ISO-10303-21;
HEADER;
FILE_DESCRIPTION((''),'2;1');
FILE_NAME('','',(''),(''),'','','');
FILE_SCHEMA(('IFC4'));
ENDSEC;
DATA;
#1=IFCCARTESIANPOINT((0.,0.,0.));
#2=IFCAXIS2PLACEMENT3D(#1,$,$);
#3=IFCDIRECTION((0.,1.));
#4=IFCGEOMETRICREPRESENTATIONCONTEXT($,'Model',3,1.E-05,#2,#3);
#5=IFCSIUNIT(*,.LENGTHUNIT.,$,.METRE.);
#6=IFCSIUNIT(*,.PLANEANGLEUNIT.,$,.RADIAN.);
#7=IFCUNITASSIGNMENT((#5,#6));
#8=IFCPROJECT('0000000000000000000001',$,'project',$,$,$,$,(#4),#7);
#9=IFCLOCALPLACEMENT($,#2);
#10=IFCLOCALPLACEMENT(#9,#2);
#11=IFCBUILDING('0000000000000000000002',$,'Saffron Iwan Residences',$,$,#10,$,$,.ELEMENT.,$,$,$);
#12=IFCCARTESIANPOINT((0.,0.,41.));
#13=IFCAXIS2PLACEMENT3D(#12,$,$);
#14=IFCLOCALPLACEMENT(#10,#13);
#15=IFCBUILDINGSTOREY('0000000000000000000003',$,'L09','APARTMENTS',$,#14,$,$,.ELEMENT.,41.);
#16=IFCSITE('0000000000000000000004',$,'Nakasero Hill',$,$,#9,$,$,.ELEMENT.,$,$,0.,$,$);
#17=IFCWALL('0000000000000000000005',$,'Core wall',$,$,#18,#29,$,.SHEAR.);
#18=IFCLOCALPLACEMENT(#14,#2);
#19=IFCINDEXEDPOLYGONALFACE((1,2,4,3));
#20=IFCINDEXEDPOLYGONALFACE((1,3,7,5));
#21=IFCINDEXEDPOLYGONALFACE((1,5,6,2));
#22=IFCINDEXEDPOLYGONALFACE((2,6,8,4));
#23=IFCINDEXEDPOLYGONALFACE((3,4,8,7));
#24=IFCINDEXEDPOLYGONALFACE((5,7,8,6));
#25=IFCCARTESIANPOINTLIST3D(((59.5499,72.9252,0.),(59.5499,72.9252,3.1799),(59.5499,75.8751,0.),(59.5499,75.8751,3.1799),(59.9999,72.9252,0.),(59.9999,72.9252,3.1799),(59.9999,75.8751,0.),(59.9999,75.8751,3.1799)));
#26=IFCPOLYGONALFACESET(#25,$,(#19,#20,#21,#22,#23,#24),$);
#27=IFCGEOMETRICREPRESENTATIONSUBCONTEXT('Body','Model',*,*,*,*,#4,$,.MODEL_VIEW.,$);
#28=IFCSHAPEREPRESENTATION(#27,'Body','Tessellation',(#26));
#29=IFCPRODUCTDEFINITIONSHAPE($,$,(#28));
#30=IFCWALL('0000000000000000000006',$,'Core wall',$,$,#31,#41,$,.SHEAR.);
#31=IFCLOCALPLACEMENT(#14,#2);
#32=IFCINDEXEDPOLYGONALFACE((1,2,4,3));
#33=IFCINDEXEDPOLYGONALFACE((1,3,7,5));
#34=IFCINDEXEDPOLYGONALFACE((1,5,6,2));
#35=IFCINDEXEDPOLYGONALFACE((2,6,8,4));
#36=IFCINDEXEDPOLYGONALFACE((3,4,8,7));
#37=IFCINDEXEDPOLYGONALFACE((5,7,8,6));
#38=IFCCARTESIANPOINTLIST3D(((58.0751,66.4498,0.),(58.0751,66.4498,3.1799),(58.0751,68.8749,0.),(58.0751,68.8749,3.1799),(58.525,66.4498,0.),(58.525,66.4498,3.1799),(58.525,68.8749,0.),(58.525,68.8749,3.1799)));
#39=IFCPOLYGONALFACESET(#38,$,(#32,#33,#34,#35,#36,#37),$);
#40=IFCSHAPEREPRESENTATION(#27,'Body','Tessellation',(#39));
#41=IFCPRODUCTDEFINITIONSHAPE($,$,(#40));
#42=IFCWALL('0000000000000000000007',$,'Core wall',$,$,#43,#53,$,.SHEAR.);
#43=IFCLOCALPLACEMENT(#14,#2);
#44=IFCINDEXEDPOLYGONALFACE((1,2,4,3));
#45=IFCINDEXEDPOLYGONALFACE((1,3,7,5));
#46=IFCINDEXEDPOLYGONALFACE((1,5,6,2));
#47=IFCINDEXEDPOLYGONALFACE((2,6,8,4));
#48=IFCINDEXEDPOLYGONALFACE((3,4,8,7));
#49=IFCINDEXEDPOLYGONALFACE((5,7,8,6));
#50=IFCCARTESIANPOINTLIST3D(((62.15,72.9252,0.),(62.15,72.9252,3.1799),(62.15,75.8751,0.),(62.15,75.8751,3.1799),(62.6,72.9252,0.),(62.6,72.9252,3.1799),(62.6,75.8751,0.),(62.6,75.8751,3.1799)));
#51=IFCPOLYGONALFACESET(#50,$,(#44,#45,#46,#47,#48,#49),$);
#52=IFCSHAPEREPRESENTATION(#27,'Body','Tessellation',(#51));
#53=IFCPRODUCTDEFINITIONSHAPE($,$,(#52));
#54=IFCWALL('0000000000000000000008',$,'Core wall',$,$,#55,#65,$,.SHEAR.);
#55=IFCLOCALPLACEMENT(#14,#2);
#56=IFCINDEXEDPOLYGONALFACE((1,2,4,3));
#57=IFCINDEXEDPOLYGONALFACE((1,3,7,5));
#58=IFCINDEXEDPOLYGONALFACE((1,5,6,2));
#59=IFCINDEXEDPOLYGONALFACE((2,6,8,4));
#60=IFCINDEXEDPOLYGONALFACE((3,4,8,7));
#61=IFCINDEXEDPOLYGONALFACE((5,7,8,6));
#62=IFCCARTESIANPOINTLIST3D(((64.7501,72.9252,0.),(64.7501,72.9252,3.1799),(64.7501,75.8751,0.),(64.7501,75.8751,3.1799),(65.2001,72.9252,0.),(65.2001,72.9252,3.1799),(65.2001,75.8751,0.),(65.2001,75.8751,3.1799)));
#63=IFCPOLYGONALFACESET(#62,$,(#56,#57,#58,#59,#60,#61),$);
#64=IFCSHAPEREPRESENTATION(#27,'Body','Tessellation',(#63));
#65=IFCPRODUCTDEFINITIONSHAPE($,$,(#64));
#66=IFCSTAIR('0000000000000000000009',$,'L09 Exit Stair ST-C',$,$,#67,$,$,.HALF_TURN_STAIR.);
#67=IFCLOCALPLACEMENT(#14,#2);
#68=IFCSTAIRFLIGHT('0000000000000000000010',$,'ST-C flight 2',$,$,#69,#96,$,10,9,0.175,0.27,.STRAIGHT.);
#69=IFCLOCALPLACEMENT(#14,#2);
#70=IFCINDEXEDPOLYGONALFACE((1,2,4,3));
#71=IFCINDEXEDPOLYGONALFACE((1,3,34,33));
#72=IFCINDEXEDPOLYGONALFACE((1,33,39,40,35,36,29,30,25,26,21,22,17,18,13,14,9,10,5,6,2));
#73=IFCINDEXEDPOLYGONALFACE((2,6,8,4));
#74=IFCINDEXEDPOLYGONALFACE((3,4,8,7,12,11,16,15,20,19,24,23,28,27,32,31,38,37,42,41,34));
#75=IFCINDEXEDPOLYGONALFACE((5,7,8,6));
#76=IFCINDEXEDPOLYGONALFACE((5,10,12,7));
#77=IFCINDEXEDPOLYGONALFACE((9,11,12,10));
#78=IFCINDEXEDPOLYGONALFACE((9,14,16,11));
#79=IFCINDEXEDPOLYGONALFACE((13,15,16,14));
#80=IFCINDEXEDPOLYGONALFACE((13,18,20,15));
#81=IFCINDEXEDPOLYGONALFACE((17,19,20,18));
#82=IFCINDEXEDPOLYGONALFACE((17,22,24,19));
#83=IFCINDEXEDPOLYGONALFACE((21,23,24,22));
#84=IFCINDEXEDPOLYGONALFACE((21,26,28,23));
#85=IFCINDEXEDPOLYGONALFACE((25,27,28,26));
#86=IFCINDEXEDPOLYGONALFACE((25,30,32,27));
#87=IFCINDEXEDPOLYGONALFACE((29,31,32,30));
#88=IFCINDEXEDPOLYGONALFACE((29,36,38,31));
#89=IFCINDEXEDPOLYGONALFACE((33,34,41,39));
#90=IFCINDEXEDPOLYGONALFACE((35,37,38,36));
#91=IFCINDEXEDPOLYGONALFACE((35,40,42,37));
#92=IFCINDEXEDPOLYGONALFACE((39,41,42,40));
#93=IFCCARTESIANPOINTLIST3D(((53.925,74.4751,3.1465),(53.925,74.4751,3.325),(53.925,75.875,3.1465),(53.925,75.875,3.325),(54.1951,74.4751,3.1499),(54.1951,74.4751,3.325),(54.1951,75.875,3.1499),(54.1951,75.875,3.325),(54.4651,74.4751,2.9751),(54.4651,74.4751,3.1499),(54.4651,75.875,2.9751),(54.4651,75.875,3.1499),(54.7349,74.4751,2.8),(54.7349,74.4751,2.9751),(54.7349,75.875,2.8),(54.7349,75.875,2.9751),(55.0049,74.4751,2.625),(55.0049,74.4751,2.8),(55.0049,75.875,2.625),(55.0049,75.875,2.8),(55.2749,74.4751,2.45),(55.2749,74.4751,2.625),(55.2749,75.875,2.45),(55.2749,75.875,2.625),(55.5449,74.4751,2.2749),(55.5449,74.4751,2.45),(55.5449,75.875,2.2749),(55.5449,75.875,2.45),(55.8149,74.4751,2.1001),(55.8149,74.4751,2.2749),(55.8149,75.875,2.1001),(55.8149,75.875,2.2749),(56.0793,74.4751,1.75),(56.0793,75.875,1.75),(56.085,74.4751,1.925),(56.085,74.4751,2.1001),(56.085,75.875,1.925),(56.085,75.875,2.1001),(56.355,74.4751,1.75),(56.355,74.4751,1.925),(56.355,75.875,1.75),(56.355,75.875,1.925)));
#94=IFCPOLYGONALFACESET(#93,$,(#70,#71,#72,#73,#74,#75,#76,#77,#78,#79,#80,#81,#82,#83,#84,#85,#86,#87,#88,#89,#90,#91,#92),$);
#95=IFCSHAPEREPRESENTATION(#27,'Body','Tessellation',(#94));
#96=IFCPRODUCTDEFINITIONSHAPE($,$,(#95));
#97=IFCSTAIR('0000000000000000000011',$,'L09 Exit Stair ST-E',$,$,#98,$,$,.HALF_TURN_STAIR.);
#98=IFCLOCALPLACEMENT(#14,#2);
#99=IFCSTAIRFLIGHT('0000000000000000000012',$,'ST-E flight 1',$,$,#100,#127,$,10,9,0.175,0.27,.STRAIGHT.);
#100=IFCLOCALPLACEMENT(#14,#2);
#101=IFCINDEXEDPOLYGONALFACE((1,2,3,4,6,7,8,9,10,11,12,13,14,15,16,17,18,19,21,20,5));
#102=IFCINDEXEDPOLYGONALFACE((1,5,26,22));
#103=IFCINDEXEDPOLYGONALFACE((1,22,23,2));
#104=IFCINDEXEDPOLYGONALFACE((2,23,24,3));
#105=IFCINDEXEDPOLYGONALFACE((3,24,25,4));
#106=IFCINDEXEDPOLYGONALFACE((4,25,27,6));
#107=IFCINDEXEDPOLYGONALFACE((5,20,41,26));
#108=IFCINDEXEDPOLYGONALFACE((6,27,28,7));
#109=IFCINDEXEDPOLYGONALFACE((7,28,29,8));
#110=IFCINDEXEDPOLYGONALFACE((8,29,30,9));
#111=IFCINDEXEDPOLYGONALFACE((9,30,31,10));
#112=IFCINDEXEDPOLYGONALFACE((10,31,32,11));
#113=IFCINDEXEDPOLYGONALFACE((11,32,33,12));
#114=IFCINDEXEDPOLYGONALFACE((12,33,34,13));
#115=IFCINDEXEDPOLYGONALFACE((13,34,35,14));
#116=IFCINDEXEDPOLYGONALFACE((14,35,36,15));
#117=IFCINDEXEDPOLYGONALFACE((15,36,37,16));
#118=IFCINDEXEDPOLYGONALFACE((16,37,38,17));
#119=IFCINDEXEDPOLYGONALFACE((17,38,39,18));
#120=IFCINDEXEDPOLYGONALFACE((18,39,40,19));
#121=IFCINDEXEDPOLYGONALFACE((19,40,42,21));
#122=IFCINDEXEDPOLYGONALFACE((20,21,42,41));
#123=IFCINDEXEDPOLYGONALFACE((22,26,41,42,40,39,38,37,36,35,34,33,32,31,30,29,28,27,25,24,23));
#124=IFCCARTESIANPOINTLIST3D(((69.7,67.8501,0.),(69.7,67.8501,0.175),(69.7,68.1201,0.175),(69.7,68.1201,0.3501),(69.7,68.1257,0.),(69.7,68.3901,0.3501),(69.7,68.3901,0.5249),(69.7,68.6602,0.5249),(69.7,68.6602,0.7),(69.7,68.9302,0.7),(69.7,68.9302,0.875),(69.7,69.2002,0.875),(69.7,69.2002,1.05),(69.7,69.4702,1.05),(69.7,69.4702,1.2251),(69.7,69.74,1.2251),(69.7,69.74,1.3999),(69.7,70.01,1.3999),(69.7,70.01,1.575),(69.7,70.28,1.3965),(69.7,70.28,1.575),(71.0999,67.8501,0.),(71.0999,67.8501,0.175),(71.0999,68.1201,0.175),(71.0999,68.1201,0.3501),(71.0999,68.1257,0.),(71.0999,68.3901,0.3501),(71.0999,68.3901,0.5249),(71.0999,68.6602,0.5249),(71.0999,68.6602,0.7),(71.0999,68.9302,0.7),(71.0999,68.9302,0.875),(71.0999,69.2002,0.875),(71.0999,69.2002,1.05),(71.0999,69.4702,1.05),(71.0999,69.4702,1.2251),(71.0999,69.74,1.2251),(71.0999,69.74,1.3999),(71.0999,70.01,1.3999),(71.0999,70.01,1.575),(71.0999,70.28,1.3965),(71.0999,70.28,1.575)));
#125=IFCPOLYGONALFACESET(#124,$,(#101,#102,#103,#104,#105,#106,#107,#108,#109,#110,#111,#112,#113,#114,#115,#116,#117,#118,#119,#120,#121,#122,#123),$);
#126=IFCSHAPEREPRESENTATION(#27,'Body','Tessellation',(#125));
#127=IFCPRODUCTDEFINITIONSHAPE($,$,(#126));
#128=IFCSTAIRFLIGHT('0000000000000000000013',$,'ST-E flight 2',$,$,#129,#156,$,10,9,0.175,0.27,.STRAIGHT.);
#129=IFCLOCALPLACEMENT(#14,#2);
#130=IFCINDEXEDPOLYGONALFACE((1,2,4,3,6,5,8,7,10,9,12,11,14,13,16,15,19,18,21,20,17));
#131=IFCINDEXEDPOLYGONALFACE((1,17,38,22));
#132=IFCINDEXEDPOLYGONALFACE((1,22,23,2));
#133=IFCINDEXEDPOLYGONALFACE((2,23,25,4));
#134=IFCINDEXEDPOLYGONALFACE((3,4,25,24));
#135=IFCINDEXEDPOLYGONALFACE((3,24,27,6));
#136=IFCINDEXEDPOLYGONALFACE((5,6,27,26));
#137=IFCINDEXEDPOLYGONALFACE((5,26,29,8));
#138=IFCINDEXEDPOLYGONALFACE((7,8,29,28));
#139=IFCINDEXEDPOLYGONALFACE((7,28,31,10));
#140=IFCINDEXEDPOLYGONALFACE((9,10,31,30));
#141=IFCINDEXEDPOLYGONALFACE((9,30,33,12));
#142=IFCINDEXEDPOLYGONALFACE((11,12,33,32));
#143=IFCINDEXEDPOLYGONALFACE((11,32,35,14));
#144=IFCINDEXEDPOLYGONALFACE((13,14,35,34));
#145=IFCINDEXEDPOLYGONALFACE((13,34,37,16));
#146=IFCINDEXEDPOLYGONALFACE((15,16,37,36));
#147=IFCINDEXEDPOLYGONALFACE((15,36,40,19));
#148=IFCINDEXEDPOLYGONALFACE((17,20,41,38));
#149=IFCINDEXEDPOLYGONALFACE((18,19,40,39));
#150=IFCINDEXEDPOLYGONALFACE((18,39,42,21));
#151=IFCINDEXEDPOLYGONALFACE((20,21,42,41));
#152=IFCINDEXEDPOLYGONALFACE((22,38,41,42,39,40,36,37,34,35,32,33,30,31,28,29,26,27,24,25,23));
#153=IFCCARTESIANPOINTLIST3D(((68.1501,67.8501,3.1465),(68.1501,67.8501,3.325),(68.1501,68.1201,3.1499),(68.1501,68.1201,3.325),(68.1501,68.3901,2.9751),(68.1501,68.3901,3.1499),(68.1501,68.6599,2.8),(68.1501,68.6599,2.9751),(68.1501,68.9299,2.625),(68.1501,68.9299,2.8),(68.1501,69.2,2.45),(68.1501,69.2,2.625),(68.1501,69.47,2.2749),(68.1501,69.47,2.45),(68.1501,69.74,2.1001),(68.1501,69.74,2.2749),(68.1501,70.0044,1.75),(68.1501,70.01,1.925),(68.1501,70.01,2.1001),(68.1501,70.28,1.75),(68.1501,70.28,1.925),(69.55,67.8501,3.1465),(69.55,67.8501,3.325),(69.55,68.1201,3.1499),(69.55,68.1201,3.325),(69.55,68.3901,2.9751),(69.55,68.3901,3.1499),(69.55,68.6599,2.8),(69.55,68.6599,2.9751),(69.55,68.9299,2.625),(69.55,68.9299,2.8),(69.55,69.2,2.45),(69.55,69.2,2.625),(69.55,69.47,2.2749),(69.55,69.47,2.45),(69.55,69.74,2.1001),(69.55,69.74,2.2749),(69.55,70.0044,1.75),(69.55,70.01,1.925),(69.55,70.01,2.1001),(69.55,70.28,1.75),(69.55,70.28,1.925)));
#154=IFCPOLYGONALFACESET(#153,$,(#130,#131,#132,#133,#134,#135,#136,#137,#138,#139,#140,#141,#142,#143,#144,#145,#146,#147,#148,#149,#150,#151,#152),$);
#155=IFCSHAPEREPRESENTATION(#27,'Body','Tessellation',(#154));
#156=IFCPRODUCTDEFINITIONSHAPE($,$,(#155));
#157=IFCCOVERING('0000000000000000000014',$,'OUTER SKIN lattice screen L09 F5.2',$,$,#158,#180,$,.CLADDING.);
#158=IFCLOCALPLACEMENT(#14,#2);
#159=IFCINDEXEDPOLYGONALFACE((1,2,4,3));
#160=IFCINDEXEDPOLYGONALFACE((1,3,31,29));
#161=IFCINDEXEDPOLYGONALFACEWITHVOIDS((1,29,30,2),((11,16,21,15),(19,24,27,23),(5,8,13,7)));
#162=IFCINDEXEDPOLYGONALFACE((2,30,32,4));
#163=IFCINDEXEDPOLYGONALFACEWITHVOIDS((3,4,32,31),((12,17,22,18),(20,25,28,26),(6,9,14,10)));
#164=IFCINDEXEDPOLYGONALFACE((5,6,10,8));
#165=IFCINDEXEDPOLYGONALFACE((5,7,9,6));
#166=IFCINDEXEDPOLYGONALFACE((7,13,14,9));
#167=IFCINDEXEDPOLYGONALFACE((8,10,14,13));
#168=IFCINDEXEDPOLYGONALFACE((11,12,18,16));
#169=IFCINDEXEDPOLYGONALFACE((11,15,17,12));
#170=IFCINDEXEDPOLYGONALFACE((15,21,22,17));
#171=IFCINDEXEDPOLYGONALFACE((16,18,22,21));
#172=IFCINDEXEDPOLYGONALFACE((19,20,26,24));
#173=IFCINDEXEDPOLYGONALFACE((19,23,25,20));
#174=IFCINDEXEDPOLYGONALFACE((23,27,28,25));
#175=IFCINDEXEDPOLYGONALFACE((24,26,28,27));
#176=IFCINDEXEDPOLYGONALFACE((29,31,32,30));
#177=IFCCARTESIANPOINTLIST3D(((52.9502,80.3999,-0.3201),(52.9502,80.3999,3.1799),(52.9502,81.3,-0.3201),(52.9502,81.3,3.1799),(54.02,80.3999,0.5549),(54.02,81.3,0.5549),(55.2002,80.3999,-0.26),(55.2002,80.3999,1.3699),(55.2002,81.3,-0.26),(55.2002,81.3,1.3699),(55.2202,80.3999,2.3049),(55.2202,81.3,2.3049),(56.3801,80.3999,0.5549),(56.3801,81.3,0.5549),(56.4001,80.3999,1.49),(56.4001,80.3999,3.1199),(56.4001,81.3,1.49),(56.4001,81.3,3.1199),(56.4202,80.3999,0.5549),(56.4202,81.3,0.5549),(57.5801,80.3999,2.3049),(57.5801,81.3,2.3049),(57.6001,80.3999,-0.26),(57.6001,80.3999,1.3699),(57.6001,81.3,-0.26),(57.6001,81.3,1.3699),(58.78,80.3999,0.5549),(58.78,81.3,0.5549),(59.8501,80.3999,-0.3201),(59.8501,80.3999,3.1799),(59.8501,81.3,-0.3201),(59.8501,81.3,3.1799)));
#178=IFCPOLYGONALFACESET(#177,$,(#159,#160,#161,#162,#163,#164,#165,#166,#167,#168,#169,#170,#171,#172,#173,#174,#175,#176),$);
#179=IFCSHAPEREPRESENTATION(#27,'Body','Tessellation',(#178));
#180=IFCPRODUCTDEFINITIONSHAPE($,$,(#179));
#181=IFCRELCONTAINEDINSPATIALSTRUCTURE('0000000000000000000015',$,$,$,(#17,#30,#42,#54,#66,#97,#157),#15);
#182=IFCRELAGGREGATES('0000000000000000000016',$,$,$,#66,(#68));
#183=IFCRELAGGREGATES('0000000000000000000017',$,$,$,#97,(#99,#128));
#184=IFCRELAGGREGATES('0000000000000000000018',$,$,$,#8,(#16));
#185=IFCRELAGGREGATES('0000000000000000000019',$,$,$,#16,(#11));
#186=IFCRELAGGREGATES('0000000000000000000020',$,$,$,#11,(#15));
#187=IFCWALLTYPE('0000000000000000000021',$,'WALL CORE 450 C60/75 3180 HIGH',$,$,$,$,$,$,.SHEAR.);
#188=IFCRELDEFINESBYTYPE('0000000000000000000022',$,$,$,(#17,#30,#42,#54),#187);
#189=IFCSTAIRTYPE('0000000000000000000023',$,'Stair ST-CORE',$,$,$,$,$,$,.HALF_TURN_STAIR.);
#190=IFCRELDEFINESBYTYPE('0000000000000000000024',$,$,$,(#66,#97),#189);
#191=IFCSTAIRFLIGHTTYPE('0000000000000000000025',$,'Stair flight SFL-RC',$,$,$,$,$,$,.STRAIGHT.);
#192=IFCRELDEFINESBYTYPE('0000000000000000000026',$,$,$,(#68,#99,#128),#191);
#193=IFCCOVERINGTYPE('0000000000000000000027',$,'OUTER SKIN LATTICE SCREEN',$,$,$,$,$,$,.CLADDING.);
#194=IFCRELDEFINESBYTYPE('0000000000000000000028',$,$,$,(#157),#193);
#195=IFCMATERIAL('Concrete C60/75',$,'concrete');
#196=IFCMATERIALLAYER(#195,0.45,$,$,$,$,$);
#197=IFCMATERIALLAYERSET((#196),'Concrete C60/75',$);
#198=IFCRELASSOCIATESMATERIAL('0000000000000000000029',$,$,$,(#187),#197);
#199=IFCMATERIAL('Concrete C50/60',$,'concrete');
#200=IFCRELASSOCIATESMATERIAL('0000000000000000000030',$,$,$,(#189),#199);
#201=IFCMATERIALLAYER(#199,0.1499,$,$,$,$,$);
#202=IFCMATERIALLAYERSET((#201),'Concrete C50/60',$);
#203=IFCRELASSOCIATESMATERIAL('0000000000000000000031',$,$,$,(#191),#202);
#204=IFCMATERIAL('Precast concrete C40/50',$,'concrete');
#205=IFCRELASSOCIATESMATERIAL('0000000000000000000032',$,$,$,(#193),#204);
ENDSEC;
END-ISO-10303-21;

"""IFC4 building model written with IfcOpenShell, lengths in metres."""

from ifc_helpers import new_model, si_unit, direction, frame, frame_2d, origin, place, context, subcontext, project, spatial, polyline, rectangle, outline, extrude, material, layer, layer_set, type_object, element, aggregate, save


model = new_model("IFC4")

# Units and contexts
model_context = context("Model", 3, precision=1e-05, world=origin(), true_north=direction((0.0, 1.0)))
body_context = subcontext(model_context, "Body", "Model", "MODEL_VIEW")
ifc_project = project(units=[si_unit("LENGTHUNIT", "METRE"), si_unit("PLANEANGLEUNIT", "RADIAN")], contexts=[model_context])

# Site, building, storey
site_placement = place(None, origin())
site = spatial("IfcSite", under=ifc_project, at=site_placement, Name="Nakasero Hill", CompositionType="ELEMENT", RefElevation=0.0)
building_placement = place(site_placement, origin())
building = spatial("IfcBuilding", under=site, at=building_placement, Name="Saffron Iwan Residences", CompositionType="ELEMENT")
storey_placement = place(building_placement, frame((0.0, 0.0, 41.0)))
storey = spatial("IfcBuildingStorey", under=building, at=storey_placement, Name="L09", Description="APARTMENTS", CompositionType="ELEMENT", Elevation=41.0)

# Shared definitions
ifc_material_1 = material(Name="Concrete C60/75", Category="concrete")

# Shared definitions
ifc_layer_1 = layer(ifc_material_1, 0.45)
ifc_layer_set_1 = layer_set([ifc_layer_1], Name="Concrete C60/75")
wall_type_1 = type_object("IfcWallType", Name="WALL CORE 450 C60/75 3180 HIGH", PredefinedType="SHEAR", material=ifc_layer_set_1)

# Walls
wall_1_placement = place(storey_placement, frame((59.7749, 72.925, 0.0), z_axis=(0.0, 0.0, 1.0), x_axis=(0.0, 1.0, 0.0)))
element("IfcWall", 1, at=wall_1_placement, inside=storey, type_object=wall_type_1, Name="Core wall", PredefinedType="SHEAR", context=body_context, shape_type="SweptSolid", body=[
    extrude(rectangle(XDim=2.95, YDim=0.45, at=frame_2d((1.4751, 0.0))), origin(), (0.0, 0.0, 1.0), 3.1799),
])
wall_2_placement = place(storey_placement, frame((58.3, 66.45, 0.0), z_axis=(0.0, 0.0, 1.0), x_axis=(0.0, 1.0, 0.0)))
element("IfcWall", 2, at=wall_2_placement, inside=storey, type_object=wall_type_1, Name="Core wall", PredefinedType="SHEAR", context=body_context, shape_type="SweptSolid", body=[
    extrude(rectangle(XDim=2.425, YDim=0.45, at=frame_2d((1.2124, 0.0))), origin(), (0.0, 0.0, 1.0), 3.1799),
])
for number, where, z_axis, x_axis, name in (
    (3, (62.375, 72.925, 0.0), (0.0, 0.0, 1.0), (0.0, 1.0, 0.0), "Core wall"),
    (4, (64.9751, 72.925, 0.0), (0.0, 0.0, 1.0), (0.0, 1.0, 0.0), "Core wall"),
):
    element("IfcWall", number, at=place(storey_placement, frame(where, z_axis=z_axis, x_axis=x_axis)), inside=storey, type_object=wall_type_1, Name=name, PredefinedType="SHEAR", context=body_context, shape_type="SweptSolid", body=[
        extrude(rectangle(XDim=2.95, YDim=0.45, at=frame_2d((1.4751, 0.0))), origin(), (0.0, 0.0, 1.0), 3.1799),
    ])

# Stair, stair flight
ifc_material_2 = material(Name="Concrete C50/60", Category="concrete")
stair_type = type_object("IfcStairType", Name="Stair ST-CORE", PredefinedType="HALF_TURN_STAIR", material=ifc_material_2)
stair_1_placement = place(storey_placement, origin())
stair_1 = element("IfcStair", 5, at=stair_1_placement, inside=storey, type_object=stair_type, Name="L09 Exit Stair ST-C", PredefinedType="HALF_TURN_STAIR")
ifc_layer_2 = layer(ifc_material_2, 0.1499)
ifc_layer_set_2 = layer_set([ifc_layer_2], Name="Concrete C50/60")
stair_flight_type = type_object("IfcStairFlightType", Name="Stair flight SFL-RC", PredefinedType="STRAIGHT", material=ifc_layer_set_2)
stair_flight_1_placement = place(storey_placement, frame((56.355, 75.175, 1.75), z_axis=(0.0, 0.0, 1.0), x_axis=(-1.0, 0.0, 0.0)))
stair_flight_1 = element("IfcStairFlight", 6, at=stair_flight_1_placement, type_object=stair_flight_type, Name="ST-C flight 2", NumberOfRisers=10, NumberOfTreads=9, PredefinedType="STRAIGHT", RiserHeight=0.175, TreadLength=0.27, context=body_context, shape_type="SweptSolid", body=[
    extrude(outline(polyline([(0.0, 0.0), (0.0, 0.175), (0.27, 0.175), (0.27, 0.3501), (0.54, 0.3501), (0.54, 0.5249), (0.8101, 0.5249), (0.8101, 0.7), (1.0801, 0.7), (1.0801, 0.875), (1.3501, 0.875), (1.3501, 1.05), (1.6201, 1.05), (1.6201, 1.2251), (1.8899, 1.2251), (1.8899, 1.3999), (2.1599, 1.3999), (2.1599, 1.575), (2.4299, 1.575), (2.4299, 1.75), (2.4299, 1.3965), (0.2756, 0.0), (0.0, 0.0)])), frame((0.0, 0.7, 0.0), z_axis=(0.0, -1.0, 0.0), x_axis=(1.0, 0.0, 0.0)), (0.0, 0.0, 1.0), 1.3999),
])
aggregate(stair_1, [stair_flight_1])

# Stair, stair flights
stair_2_placement = place(storey_placement, origin())
stair_2 = element("IfcStair", 7, at=stair_2_placement, inside=storey, type_object=stair_type, Name="L09 Exit Stair ST-E", PredefinedType="HALF_TURN_STAIR")
stair_flight_2_placement = place(storey_placement, frame((70.3999, 67.8501, 0.0), z_axis=(0.0, 0.0, 1.0), x_axis=(0.0, 1.0, 0.0)))
stair_flight_2 = element("IfcStairFlight", 8, at=stair_flight_2_placement, type_object=stair_flight_type, Name="ST-E flight 1", NumberOfRisers=10, NumberOfTreads=9, PredefinedType="STRAIGHT", RiserHeight=0.175, TreadLength=0.27, context=body_context, shape_type="SweptSolid", body=[
    extrude(outline(polyline([(0.0, 0.0), (0.0, 0.175), (0.27, 0.175), (0.27, 0.3501), (0.54, 0.3501), (0.54, 0.5249), (0.8101, 0.5249), (0.8101, 0.7), (1.0801, 0.7), (1.0801, 0.875), (1.3501, 0.875), (1.3501, 1.05), (1.6201, 1.05), (1.6201, 1.2251), (1.8899, 1.2251), (1.8899, 1.3999), (2.1599, 1.3999), (2.1599, 1.575), (2.4299, 1.575), (2.4299, 1.75), (2.4299, 1.3965), (0.2756, 0.0), (0.0, 0.0)])), frame((0.0, 0.7, 0.0), z_axis=(0.0, -1.0, 0.0), x_axis=(1.0, 0.0, 0.0)), (0.0, 0.0, 1.0), 1.3999),
])
stair_flight_3_placement = place(storey_placement, frame((68.8501, 70.28, 1.75), z_axis=(0.0, 0.0, 1.0), x_axis=(0.0, -1.0, 0.0)))
stair_flight_3 = element("IfcStairFlight", 9, at=stair_flight_3_placement, type_object=stair_flight_type, Name="ST-E flight 2", NumberOfRisers=10, NumberOfTreads=9, PredefinedType="STRAIGHT", RiserHeight=0.175, TreadLength=0.27, context=body_context, shape_type="SweptSolid", body=[
    extrude(outline(polyline([(0.0, 0.0), (0.0, 0.175), (0.27, 0.175), (0.27, 0.3501), (0.54, 0.3501), (0.54, 0.5249), (0.8101, 0.5249), (0.8101, 0.7), (1.0801, 0.7), (1.0801, 0.875), (1.3501, 0.875), (1.3501, 1.05), (1.6201, 1.05), (1.6201, 1.2251), (1.8899, 1.2251), (1.8899, 1.3999), (2.1599, 1.3999), (2.1599, 1.575), (2.4299, 1.575), (2.4299, 1.75), (2.4299, 1.3965), (0.2756, 0.0), (0.0, 0.0)])), frame((0.0, 0.7, 0.0), z_axis=(0.0, -1.0, 0.0), x_axis=(1.0, 0.0, 0.0)), (0.0, 0.0, 1.0), 1.3999),
])
aggregate(stair_2, [stair_flight_2, stair_flight_3])

# Covering
ifc_material_3 = material(Name="Precast concrete C40/50", Category="concrete")
covering_type_1 = type_object("IfcCoveringType", Name="OUTER SKIN LATTICE SCREEN", PredefinedType="CLADDING", material=ifc_material_3)
covering_placement = place(storey_placement, frame((59.8501, 80.3999, -0.3201), z_axis=(0.0, 1.0, 0.0), x_axis=(-1.0, 0.0, 0.0)))
element("IfcCovering", 10, at=covering_placement, inside=storey, type_object=covering_type_1, Name="OUTER SKIN lattice screen L09 F5.2", PredefinedType="CLADDING", context=body_context, shape_type="SweptSolid", body=[
    extrude(outline(polyline([(0.0, 0.0), (6.8999, 0.0), (6.8999, 3.5), (0.0, 3.5), (0.0, 0.0)]), holes=[polyline([(1.0701, 0.875), (2.25, 0.0601), (3.4299, 0.875), (2.25, 1.6899), (1.0701, 0.875)]), polyline([(3.47, 0.875), (4.6499, 0.0601), (5.8301, 0.875), (4.6499, 1.6899), (3.47, 0.875)]), polyline([(2.27, 2.625), (3.45, 1.8101), (4.6299, 2.625), (3.45, 3.4399), (2.27, 2.625)])]), origin(), (0.0, 0.0, 1.0), 0.9001),
])

save(model, "model.ifc")
